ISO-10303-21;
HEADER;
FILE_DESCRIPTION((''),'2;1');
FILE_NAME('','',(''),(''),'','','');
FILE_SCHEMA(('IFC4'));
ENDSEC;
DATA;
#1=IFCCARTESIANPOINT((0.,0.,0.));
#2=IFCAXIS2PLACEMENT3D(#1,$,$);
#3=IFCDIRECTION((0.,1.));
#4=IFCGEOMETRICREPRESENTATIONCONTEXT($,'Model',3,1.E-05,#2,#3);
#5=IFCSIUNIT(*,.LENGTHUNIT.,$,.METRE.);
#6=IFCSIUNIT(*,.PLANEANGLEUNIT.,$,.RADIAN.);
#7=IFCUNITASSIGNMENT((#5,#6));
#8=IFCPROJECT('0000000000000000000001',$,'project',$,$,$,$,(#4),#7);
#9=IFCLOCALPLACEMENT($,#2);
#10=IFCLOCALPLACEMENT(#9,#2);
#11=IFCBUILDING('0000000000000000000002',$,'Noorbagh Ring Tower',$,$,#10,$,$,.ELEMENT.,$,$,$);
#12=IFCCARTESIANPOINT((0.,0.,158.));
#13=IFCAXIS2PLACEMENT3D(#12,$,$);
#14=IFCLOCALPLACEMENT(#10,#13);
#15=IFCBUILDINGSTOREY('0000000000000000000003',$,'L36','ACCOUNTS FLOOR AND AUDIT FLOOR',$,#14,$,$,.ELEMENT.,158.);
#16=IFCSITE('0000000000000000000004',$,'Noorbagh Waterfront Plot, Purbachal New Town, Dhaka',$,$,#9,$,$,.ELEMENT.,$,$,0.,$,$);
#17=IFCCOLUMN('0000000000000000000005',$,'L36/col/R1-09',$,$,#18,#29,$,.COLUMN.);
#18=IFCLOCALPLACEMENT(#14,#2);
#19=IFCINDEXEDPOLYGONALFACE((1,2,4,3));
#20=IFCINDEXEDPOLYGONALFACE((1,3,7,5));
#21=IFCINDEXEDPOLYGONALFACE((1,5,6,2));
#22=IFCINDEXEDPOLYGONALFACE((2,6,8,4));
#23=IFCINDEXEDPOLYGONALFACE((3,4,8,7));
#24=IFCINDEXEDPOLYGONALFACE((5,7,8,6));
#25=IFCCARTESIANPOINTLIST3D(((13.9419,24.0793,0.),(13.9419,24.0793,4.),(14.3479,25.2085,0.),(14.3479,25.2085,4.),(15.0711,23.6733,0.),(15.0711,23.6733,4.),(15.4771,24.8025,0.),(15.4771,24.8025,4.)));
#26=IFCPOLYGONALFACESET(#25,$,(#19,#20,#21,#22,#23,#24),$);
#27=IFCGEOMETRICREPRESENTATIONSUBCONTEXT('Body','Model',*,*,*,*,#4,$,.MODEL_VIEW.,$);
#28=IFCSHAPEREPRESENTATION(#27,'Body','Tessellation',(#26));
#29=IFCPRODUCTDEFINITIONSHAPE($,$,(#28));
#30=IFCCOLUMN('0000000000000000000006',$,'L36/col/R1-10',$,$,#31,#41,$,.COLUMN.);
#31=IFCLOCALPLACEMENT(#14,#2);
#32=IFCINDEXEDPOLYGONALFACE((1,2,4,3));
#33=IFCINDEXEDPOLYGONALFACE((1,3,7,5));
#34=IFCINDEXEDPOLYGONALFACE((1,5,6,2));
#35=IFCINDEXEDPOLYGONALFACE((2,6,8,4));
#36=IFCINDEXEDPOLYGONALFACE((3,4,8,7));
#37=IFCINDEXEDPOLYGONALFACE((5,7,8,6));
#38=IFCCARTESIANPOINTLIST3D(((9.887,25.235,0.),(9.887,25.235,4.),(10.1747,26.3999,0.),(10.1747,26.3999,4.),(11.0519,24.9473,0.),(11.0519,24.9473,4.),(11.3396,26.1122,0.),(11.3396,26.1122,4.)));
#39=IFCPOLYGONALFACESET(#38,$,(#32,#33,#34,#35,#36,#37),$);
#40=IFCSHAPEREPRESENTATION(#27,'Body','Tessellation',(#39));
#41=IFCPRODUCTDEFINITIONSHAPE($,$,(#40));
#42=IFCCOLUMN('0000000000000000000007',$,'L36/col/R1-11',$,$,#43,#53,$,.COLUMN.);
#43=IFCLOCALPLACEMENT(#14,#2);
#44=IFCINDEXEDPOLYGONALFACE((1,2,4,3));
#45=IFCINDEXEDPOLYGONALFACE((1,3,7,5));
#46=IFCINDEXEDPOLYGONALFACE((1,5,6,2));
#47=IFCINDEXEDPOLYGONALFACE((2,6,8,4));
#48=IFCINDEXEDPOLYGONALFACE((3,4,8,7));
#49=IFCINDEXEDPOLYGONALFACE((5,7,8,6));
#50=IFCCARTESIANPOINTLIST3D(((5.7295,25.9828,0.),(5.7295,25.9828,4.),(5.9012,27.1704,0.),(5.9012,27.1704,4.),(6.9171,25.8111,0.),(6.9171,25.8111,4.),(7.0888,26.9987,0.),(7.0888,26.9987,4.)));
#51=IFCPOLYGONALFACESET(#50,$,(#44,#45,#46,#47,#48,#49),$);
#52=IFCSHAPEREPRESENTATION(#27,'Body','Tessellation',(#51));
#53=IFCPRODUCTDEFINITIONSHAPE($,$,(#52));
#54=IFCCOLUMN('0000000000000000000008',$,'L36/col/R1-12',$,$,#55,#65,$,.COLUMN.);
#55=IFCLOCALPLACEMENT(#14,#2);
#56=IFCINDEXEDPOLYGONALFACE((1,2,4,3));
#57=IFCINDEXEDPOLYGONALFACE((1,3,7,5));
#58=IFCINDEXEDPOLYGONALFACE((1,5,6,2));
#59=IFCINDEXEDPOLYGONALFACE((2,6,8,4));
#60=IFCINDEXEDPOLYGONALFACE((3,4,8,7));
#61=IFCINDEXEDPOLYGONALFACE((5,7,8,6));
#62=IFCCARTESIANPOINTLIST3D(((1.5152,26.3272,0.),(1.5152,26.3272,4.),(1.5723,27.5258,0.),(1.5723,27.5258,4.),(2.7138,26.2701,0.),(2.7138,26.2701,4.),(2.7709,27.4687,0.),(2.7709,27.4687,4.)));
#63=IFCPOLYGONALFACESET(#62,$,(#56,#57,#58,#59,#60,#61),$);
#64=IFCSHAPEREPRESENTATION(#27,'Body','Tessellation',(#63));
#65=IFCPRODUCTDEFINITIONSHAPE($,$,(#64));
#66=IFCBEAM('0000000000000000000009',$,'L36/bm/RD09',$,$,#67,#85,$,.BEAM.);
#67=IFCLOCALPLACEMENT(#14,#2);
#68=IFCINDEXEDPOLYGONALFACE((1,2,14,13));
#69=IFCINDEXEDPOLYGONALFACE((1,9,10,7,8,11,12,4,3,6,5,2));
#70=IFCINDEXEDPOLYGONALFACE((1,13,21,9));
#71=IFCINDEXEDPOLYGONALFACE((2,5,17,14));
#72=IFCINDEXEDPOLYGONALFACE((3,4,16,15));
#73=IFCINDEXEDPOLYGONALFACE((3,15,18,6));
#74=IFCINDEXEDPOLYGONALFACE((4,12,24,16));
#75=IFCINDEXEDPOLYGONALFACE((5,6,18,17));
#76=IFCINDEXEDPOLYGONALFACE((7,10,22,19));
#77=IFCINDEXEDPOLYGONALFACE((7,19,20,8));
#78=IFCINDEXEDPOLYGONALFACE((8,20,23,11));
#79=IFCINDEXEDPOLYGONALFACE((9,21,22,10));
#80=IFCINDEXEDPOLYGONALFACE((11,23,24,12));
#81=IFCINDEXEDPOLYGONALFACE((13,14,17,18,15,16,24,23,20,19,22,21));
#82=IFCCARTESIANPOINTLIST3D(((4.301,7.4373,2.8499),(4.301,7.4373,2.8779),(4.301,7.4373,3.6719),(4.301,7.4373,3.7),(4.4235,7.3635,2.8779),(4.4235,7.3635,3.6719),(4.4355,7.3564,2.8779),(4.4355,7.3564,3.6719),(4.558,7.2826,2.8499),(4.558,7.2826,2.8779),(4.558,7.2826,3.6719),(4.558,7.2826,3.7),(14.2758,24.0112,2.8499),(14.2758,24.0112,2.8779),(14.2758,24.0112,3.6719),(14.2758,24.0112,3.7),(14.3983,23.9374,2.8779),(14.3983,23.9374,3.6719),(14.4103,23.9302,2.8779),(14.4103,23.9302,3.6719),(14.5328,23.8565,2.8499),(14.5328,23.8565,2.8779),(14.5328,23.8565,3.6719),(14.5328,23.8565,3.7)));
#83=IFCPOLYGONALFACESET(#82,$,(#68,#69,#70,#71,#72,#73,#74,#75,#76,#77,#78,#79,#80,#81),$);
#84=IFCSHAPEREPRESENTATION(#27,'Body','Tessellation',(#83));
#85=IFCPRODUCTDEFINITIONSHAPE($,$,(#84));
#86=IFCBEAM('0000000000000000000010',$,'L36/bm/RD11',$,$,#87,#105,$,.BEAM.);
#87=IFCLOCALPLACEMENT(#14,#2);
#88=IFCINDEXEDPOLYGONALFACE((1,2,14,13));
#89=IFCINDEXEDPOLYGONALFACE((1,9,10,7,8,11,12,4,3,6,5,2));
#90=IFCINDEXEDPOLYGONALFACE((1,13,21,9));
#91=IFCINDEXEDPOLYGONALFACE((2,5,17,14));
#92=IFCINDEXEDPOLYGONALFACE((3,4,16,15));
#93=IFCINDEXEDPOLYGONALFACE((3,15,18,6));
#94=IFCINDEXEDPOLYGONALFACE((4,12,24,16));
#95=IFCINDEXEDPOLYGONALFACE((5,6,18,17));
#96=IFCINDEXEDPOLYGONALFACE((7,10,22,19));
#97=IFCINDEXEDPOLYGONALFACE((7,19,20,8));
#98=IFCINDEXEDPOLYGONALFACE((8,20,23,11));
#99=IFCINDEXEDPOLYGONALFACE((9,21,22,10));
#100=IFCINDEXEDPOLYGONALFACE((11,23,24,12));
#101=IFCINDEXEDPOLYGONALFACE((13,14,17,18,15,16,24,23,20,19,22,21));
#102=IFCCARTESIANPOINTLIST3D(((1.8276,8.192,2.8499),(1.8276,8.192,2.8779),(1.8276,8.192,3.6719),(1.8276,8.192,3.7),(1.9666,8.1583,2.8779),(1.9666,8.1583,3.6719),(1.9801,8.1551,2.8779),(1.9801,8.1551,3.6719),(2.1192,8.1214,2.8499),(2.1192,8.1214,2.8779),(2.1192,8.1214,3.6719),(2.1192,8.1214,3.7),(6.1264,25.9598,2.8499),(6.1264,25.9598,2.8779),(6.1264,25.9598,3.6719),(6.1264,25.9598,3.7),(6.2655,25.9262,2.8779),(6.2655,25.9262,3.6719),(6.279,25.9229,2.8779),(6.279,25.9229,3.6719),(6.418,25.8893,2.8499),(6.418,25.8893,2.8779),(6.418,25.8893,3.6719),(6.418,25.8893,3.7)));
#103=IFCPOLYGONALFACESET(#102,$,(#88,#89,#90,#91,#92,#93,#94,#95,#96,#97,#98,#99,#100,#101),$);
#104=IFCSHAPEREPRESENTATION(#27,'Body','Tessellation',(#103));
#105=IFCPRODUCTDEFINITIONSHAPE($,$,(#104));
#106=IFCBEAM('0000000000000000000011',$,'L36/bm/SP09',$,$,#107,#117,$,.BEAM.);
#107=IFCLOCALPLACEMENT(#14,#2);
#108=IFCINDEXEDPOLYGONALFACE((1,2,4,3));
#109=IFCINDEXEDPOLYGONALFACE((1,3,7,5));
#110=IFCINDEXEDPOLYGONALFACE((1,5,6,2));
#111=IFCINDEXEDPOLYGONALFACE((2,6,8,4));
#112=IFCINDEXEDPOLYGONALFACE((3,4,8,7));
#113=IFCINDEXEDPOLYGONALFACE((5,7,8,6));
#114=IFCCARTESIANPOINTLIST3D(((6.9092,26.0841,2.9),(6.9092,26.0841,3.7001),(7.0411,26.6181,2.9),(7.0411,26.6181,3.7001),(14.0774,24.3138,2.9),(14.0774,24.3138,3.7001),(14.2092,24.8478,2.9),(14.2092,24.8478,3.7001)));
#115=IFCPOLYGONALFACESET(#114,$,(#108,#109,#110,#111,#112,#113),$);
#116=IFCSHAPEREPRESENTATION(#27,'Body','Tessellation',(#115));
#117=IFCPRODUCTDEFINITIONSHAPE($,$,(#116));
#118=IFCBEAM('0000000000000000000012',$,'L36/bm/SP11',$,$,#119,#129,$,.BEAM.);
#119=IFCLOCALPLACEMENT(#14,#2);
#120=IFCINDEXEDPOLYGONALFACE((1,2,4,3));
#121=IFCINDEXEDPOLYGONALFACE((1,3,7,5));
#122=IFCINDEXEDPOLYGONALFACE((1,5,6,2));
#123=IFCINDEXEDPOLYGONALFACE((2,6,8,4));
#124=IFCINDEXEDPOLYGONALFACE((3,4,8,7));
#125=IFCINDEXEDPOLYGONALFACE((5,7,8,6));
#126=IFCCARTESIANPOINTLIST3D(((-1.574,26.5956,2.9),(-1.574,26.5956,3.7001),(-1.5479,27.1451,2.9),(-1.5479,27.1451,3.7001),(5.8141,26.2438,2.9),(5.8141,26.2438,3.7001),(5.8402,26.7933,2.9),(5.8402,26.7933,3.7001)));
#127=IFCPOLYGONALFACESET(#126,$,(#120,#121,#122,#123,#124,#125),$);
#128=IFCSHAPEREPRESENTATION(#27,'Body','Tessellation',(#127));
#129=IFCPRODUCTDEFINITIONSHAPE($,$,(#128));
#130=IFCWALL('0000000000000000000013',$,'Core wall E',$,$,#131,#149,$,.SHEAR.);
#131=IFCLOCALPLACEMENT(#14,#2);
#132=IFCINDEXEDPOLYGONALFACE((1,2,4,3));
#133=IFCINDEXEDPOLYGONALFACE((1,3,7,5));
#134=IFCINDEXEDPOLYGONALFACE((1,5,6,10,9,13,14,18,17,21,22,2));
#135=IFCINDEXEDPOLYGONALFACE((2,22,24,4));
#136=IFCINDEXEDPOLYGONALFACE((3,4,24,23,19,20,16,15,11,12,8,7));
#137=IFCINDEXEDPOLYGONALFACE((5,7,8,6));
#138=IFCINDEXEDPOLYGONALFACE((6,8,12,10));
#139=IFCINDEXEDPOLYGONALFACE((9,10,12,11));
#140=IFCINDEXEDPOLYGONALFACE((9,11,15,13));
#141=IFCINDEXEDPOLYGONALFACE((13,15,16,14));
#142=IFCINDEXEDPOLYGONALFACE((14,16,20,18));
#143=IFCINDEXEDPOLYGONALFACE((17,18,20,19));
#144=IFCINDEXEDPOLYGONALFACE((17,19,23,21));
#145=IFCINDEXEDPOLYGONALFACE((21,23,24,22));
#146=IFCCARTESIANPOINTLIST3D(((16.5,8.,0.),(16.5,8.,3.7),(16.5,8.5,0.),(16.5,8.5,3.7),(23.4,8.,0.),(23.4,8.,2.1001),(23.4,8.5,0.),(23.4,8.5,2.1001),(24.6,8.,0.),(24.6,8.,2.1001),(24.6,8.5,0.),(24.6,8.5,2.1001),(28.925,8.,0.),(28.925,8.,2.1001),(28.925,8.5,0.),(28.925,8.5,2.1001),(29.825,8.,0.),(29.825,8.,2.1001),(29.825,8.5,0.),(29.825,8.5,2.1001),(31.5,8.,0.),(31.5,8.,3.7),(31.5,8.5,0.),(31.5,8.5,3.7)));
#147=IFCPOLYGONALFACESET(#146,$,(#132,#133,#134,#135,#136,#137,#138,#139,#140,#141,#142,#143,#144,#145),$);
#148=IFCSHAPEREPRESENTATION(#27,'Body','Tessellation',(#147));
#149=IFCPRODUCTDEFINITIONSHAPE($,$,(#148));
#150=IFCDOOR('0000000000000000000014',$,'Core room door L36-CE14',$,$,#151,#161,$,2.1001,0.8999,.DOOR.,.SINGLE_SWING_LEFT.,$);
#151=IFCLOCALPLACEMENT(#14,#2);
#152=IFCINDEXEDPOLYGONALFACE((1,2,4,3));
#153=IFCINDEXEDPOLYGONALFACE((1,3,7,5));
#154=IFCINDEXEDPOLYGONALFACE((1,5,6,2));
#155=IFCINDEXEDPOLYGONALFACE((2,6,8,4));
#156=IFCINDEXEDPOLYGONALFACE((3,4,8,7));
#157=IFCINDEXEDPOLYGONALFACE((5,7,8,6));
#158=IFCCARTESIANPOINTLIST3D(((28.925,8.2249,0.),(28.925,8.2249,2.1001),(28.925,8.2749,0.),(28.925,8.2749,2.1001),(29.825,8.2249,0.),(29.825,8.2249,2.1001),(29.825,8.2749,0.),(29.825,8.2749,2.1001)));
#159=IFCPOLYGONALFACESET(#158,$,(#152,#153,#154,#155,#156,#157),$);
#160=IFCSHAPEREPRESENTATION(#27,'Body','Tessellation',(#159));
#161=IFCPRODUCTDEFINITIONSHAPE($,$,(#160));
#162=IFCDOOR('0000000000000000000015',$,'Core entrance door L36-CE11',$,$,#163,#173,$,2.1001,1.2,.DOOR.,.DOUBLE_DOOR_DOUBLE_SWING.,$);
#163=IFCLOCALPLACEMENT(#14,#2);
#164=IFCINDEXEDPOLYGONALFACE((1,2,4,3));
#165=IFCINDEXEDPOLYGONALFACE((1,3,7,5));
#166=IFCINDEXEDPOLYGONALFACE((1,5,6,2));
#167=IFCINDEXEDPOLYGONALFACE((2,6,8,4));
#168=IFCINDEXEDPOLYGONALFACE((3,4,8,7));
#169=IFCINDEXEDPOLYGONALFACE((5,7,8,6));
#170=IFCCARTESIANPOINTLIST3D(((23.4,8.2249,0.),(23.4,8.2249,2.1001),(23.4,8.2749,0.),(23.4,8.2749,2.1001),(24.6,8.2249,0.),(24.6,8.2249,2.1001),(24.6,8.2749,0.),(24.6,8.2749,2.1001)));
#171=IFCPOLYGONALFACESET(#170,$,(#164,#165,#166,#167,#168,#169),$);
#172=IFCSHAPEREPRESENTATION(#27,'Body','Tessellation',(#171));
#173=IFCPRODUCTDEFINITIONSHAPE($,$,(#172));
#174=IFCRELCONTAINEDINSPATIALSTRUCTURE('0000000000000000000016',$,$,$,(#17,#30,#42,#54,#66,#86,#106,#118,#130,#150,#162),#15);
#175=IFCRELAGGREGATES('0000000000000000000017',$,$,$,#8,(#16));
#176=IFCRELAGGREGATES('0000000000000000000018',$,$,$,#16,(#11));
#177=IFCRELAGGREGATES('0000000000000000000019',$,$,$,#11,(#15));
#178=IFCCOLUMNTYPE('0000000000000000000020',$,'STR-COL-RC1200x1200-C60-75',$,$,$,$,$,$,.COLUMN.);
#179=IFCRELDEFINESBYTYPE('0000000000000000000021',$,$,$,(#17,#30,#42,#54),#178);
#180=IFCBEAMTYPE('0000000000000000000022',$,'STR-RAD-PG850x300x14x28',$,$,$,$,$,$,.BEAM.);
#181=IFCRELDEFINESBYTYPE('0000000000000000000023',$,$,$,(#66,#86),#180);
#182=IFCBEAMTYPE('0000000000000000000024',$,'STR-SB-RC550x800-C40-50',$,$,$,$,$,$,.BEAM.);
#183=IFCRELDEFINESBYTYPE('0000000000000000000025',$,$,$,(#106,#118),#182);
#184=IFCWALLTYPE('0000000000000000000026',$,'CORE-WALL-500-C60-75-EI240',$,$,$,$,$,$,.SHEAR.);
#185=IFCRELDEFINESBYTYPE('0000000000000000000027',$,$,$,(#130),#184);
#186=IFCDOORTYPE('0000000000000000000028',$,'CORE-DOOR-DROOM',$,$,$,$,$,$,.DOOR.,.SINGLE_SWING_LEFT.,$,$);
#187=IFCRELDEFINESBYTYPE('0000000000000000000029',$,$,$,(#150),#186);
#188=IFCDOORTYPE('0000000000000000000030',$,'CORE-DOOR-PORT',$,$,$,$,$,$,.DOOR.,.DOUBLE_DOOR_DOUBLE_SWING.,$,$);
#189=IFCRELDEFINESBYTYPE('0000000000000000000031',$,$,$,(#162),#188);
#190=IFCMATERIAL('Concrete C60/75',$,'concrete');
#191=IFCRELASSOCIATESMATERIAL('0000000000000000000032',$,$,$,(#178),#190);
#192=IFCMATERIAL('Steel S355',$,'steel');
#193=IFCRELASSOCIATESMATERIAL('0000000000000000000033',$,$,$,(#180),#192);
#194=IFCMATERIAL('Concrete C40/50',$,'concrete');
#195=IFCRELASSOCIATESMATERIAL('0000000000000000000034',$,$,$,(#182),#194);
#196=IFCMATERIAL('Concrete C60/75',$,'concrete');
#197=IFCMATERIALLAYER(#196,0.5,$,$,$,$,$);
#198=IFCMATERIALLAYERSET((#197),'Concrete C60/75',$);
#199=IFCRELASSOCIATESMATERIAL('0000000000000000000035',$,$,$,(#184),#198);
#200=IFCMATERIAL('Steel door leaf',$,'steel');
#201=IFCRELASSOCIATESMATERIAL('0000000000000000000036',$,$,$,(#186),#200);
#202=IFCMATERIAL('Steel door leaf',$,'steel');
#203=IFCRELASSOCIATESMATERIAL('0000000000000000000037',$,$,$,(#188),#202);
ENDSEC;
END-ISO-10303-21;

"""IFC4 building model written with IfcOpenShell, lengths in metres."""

from ifc_helpers import new_model, si_unit, direction, frame, frame_2d, origin, origin_2d, place, context, subcontext, project, spatial, rectangle, i_section, extrude, material, layer, layer_set, material_profile, profile_set, type_object, element, fill, save


model = new_model("IFC4")

# Units and contexts
model_context = context("Model", 3, precision=1e-05, world=origin(), true_north=direction((0.0, 1.0)))
body_context = subcontext(model_context, "Body", "Model", "MODEL_VIEW")
ifc_project = project(units=[si_unit("LENGTHUNIT", "METRE"), si_unit("PLANEANGLEUNIT", "RADIAN")], contexts=[model_context])

# Site, building, storey
site_placement = place(None, origin())
site = spatial("IfcSite", under=ifc_project, at=site_placement, Name="Noorbagh Waterfront Plot, Purbachal New Town, Dhaka", CompositionType="ELEMENT", RefElevation=0.0)
building_placement = place(site_placement, origin())
building = spatial("IfcBuilding", under=site, at=building_placement, Name="Noorbagh Ring Tower", CompositionType="ELEMENT")
storey_placement = place(building_placement, frame((0.0, 0.0, 158.0)))
storey = spatial("IfcBuildingStorey", under=building, at=storey_placement, Name="L36", Description="ACCOUNTS FLOOR AND AUDIT FLOOR", CompositionType="ELEMENT", Elevation=158.0)

# Columns
ifc_material_1 = material(Name="Concrete C60/75", Category="concrete")
ifc_material_profile_1 = material_profile(ifc_material_1, rectangle(XDim=1.2, YDim=1.2, at=origin_2d()), Name="RC1200x1200")
ifc_profile_set_1 = profile_set([ifc_material_profile_1], Name="Concrete C60/75")
column_type = type_object("IfcColumnType", Name="STR-COL-RC1200x1200-C60-75", PredefinedType="COLUMN", material=ifc_profile_set_1)
for number, where, z_axis, x_axis, name in (
    (1, (14.7095, 24.4409, 0.0), (0.0, 0.0, 1.0), (-0.941025, 0.338338, 0.0), "L36/col/R1-09"),
    (2, (10.6133, 25.6736, 0.0), (0.0, 0.0, 1.0), (-0.970829, 0.239771, 0.0), "L36/col/R1-10"),
    (3, (6.4092, 26.4907, 0.0), (0.0, 0.0, 1.0), (-0.989713, 0.143066, 0.0), "L36/col/R1-11"),
    (4, (2.1431, 26.8979, 0.0), (0.0, 0.0, 1.0), (-0.998869, 0.047553, 0.0), "L36/col/R1-12"),
):
    element("IfcColumn", number, at=place(storey_placement, frame(where, z_axis=z_axis, x_axis=x_axis)), inside=storey, type_object=column_type, Name=name, PredefinedType="COLUMN", context=body_context, shape_type="SweptSolid", body=[
        extrude(rectangle(XDim=1.2, YDim=1.2, at=origin_2d()), origin(), (0.0, 0.0, 1.0), 4.0),
    ])

# Beams
ifc_material_2 = material(Name="Steel S355", Category="steel")
ifc_material_profile_2 = material_profile(ifc_material_2, i_section(OverallWidth=0.3, OverallDepth=0.8501, WebThickness=0.0139, FlangeThickness=0.0281, at=origin_2d()), Name="PG850x300x14x28")
ifc_profile_set_2 = profile_set([ifc_material_profile_2], Name="Steel S355")
beam_type_1 = type_object("IfcBeamType", Name="STR-RAD-PG850x300x14x28", PredefinedType="BEAM", material=ifc_profile_set_2)
beam_1_placement = place(storey_placement, frame((14.4043, 23.9338, 3.2749), z_axis=(-0.515653, -0.856797, 0.0), x_axis=(0.856797, -0.515653, 0.0)))
element("IfcBeam", 5, at=beam_1_placement, inside=storey, type_object=beam_type_1, Name="L36/bm/RD09", PredefinedType="BEAM", context=body_context, shape_type="SweptSolid", body=[
    extrude(i_section(OverallWidth=0.3, OverallDepth=0.8501, WebThickness=0.0139, FlangeThickness=0.0281, at=origin_2d()), origin(), (0.0, 0.0, 1.0), 19.344),
])
beam_2_placement = place(storey_placement, frame((6.2722, 25.9246, 3.2749), z_axis=(-0.23516, -0.971957, 0.0), x_axis=(0.971957, -0.23516, 0.0)))
element("IfcBeam", 6, at=beam_2_placement, inside=storey, type_object=beam_type_1, Name="L36/bm/RD11", PredefinedType="BEAM", context=body_context, shape_type="SweptSolid", body=[
    extrude(i_section(OverallWidth=0.3, OverallDepth=0.8501, WebThickness=0.0139, FlangeThickness=0.0281, at=origin_2d()), origin(), (0.0, 0.0, 1.0), 18.2805),
])
ifc_material_3 = material(Name="Concrete C40/50", Category="concrete")
ifc_material_profile_3 = material_profile(ifc_material_3, rectangle(XDim=0.55, YDim=0.8, at=origin_2d()), Name="RC550x800")
ifc_profile_set_3 = profile_set([ifc_material_profile_3], Name="Concrete C40/50")
beam_type_2 = type_object("IfcBeamType", Name="STR-SB-RC550x800-C40-50", PredefinedType="BEAM", material=ifc_profile_set_3)
beam_3_placement = place(storey_placement, frame((14.1433, 24.5808, 3.3), z_axis=(-0.970833, 0.239757, 0.0), x_axis=(-0.239757, -0.970833, 0.0)))
element("IfcBeam", 7, at=beam_3_placement, inside=storey, type_object=beam_type_2, Name="L36/bm/SP09", PredefinedType="BEAM", context=body_context, shape_type="SweptSolid", body=[
    extrude(rectangle(XDim=0.55, YDim=0.8, at=origin_2d()), origin(), (0.0, 0.0, 1.0), 7.3835),
])
beam_4_placement = place(storey_placement, frame((5.8271, 26.5186, 3.3), z_axis=(-0.998868, 0.047564, 0.0), x_axis=(-0.047564, -0.998868, 0.0)))
element("IfcBeam", 8, at=beam_4_placement, inside=storey, type_object=beam_type_2, Name="L36/bm/SP11", PredefinedType="BEAM", context=body_context, shape_type="SweptSolid", body=[
    extrude(rectangle(XDim=0.55, YDim=0.8, at=origin_2d()), origin(), (0.0, 0.0, 1.0), 7.3965),
])

# Wall, openings, doors
ifc_material_4 = material(Name="Concrete C60/75", Category="concrete")
ifc_layer_1 = layer(ifc_material_4, 0.5)
ifc_layer_set_1 = layer_set([ifc_layer_1], Name="Concrete C60/75")
wall_type_1 = type_object("IfcWallType", Name="CORE-WALL-500-C60-75-EI240", PredefinedType="SHEAR", material=ifc_layer_set_1)
wall_1_placement = place(storey_placement, frame((16.5, 8.25, 0.0), z_axis=(0.0, 0.0, 1.0), x_axis=(1.0, 0.0, 0.0)))
wall_1 = element("IfcWall", 9, at=wall_1_placement, inside=storey, type_object=wall_type_1, Name="Core wall E", PredefinedType="SHEAR", context=body_context, shape_type="SweptSolid", body=[
    extrude(rectangle(XDim=15.0, YDim=0.5, at=frame_2d((7.5, 0.0))), origin(), (0.0, 0.0, 1.0), 3.7),
])
opening_1_placement = place(wall_1_placement, frame((6.8999, 0.0, 0.0)))
opening_1 = element("IfcOpeningElement", 10, at=opening_1_placement, cuts=wall_1, PredefinedType="OPENING", context=body_context, shape_type="SweptSolid", body=[
    extrude(rectangle(XDim=1.2, YDim=2.1001, at=frame_2d((0.6001, 1.05))), frame((0.0, 0.26, 0.0), z_axis=(0.0, -1.0, 0.0), x_axis=(1.0, 0.0, 0.0)), (0.0, 0.0, 1.0), 0.52),
])
opening_2_placement = place(wall_1_placement, frame((12.425, 0.0, 0.0)))
opening_2 = element("IfcOpeningElement", 11, at=opening_2_placement, cuts=wall_1, PredefinedType="OPENING", context=body_context, shape_type="SweptSolid", body=[
    extrude(rectangle(XDim=0.8999, YDim=2.1001, at=frame_2d((0.45, 1.05))), frame((0.0, 0.26, 0.0), z_axis=(0.0, -1.0, 0.0), x_axis=(1.0, 0.0, 0.0)), (0.0, 0.0, 1.0), 0.52),
])
ifc_material_5 = material(Name="Steel door leaf", Category="steel")
door_type_1 = type_object("IfcDoorType", Name="CORE-DOOR-DROOM", OperationType="SINGLE_SWING_LEFT", PredefinedType="DOOR", material=ifc_material_5)
door_1_placement = place(opening_2_placement, origin())
door_1 = element("IfcDoor", 12, at=door_1_placement, inside=storey, type_object=door_type_1, Name="Core room door L36-CE14", OperationType="SINGLE_SWING_LEFT", OverallHeight=2.1001, OverallWidth=0.8999, PredefinedType="DOOR", context=body_context, shape_type="SweptSolid", body=[
    extrude(rectangle(XDim=0.8999, YDim=2.1001, at=frame_2d((0.45, 1.05))), frame((0.0, 0.0249, 0.0), z_axis=(0.0, -1.0, 0.0), x_axis=(1.0, 0.0, 0.0)), (0.0, 0.0, 1.0), 0.05),
])
fill(opening_2, door_1)
ifc_material_6 = material(Name="Steel door leaf", Category="steel")
door_type_2 = type_object("IfcDoorType", Name="CORE-DOOR-PORT", OperationType="DOUBLE_DOOR_DOUBLE_SWING", PredefinedType="DOOR", material=ifc_material_6)
door_2_placement = place(opening_1_placement, origin())
door_2 = element("IfcDoor", 13, at=door_2_placement, inside=storey, type_object=door_type_2, Name="Core entrance door L36-CE11", OperationType="DOUBLE_DOOR_DOUBLE_SWING", OverallHeight=2.1001, OverallWidth=1.2, PredefinedType="DOOR", context=body_context, shape_type="SweptSolid", body=[
    extrude(rectangle(XDim=1.2, YDim=2.1001, at=frame_2d((0.6001, 1.05))), frame((0.0, 0.0249, 0.0), z_axis=(0.0, -1.0, 0.0), x_axis=(1.0, 0.0, 0.0)), (0.0, 0.0, 1.0), 0.05),
])
fill(opening_1, door_2)

save(model, "model.ifc")
